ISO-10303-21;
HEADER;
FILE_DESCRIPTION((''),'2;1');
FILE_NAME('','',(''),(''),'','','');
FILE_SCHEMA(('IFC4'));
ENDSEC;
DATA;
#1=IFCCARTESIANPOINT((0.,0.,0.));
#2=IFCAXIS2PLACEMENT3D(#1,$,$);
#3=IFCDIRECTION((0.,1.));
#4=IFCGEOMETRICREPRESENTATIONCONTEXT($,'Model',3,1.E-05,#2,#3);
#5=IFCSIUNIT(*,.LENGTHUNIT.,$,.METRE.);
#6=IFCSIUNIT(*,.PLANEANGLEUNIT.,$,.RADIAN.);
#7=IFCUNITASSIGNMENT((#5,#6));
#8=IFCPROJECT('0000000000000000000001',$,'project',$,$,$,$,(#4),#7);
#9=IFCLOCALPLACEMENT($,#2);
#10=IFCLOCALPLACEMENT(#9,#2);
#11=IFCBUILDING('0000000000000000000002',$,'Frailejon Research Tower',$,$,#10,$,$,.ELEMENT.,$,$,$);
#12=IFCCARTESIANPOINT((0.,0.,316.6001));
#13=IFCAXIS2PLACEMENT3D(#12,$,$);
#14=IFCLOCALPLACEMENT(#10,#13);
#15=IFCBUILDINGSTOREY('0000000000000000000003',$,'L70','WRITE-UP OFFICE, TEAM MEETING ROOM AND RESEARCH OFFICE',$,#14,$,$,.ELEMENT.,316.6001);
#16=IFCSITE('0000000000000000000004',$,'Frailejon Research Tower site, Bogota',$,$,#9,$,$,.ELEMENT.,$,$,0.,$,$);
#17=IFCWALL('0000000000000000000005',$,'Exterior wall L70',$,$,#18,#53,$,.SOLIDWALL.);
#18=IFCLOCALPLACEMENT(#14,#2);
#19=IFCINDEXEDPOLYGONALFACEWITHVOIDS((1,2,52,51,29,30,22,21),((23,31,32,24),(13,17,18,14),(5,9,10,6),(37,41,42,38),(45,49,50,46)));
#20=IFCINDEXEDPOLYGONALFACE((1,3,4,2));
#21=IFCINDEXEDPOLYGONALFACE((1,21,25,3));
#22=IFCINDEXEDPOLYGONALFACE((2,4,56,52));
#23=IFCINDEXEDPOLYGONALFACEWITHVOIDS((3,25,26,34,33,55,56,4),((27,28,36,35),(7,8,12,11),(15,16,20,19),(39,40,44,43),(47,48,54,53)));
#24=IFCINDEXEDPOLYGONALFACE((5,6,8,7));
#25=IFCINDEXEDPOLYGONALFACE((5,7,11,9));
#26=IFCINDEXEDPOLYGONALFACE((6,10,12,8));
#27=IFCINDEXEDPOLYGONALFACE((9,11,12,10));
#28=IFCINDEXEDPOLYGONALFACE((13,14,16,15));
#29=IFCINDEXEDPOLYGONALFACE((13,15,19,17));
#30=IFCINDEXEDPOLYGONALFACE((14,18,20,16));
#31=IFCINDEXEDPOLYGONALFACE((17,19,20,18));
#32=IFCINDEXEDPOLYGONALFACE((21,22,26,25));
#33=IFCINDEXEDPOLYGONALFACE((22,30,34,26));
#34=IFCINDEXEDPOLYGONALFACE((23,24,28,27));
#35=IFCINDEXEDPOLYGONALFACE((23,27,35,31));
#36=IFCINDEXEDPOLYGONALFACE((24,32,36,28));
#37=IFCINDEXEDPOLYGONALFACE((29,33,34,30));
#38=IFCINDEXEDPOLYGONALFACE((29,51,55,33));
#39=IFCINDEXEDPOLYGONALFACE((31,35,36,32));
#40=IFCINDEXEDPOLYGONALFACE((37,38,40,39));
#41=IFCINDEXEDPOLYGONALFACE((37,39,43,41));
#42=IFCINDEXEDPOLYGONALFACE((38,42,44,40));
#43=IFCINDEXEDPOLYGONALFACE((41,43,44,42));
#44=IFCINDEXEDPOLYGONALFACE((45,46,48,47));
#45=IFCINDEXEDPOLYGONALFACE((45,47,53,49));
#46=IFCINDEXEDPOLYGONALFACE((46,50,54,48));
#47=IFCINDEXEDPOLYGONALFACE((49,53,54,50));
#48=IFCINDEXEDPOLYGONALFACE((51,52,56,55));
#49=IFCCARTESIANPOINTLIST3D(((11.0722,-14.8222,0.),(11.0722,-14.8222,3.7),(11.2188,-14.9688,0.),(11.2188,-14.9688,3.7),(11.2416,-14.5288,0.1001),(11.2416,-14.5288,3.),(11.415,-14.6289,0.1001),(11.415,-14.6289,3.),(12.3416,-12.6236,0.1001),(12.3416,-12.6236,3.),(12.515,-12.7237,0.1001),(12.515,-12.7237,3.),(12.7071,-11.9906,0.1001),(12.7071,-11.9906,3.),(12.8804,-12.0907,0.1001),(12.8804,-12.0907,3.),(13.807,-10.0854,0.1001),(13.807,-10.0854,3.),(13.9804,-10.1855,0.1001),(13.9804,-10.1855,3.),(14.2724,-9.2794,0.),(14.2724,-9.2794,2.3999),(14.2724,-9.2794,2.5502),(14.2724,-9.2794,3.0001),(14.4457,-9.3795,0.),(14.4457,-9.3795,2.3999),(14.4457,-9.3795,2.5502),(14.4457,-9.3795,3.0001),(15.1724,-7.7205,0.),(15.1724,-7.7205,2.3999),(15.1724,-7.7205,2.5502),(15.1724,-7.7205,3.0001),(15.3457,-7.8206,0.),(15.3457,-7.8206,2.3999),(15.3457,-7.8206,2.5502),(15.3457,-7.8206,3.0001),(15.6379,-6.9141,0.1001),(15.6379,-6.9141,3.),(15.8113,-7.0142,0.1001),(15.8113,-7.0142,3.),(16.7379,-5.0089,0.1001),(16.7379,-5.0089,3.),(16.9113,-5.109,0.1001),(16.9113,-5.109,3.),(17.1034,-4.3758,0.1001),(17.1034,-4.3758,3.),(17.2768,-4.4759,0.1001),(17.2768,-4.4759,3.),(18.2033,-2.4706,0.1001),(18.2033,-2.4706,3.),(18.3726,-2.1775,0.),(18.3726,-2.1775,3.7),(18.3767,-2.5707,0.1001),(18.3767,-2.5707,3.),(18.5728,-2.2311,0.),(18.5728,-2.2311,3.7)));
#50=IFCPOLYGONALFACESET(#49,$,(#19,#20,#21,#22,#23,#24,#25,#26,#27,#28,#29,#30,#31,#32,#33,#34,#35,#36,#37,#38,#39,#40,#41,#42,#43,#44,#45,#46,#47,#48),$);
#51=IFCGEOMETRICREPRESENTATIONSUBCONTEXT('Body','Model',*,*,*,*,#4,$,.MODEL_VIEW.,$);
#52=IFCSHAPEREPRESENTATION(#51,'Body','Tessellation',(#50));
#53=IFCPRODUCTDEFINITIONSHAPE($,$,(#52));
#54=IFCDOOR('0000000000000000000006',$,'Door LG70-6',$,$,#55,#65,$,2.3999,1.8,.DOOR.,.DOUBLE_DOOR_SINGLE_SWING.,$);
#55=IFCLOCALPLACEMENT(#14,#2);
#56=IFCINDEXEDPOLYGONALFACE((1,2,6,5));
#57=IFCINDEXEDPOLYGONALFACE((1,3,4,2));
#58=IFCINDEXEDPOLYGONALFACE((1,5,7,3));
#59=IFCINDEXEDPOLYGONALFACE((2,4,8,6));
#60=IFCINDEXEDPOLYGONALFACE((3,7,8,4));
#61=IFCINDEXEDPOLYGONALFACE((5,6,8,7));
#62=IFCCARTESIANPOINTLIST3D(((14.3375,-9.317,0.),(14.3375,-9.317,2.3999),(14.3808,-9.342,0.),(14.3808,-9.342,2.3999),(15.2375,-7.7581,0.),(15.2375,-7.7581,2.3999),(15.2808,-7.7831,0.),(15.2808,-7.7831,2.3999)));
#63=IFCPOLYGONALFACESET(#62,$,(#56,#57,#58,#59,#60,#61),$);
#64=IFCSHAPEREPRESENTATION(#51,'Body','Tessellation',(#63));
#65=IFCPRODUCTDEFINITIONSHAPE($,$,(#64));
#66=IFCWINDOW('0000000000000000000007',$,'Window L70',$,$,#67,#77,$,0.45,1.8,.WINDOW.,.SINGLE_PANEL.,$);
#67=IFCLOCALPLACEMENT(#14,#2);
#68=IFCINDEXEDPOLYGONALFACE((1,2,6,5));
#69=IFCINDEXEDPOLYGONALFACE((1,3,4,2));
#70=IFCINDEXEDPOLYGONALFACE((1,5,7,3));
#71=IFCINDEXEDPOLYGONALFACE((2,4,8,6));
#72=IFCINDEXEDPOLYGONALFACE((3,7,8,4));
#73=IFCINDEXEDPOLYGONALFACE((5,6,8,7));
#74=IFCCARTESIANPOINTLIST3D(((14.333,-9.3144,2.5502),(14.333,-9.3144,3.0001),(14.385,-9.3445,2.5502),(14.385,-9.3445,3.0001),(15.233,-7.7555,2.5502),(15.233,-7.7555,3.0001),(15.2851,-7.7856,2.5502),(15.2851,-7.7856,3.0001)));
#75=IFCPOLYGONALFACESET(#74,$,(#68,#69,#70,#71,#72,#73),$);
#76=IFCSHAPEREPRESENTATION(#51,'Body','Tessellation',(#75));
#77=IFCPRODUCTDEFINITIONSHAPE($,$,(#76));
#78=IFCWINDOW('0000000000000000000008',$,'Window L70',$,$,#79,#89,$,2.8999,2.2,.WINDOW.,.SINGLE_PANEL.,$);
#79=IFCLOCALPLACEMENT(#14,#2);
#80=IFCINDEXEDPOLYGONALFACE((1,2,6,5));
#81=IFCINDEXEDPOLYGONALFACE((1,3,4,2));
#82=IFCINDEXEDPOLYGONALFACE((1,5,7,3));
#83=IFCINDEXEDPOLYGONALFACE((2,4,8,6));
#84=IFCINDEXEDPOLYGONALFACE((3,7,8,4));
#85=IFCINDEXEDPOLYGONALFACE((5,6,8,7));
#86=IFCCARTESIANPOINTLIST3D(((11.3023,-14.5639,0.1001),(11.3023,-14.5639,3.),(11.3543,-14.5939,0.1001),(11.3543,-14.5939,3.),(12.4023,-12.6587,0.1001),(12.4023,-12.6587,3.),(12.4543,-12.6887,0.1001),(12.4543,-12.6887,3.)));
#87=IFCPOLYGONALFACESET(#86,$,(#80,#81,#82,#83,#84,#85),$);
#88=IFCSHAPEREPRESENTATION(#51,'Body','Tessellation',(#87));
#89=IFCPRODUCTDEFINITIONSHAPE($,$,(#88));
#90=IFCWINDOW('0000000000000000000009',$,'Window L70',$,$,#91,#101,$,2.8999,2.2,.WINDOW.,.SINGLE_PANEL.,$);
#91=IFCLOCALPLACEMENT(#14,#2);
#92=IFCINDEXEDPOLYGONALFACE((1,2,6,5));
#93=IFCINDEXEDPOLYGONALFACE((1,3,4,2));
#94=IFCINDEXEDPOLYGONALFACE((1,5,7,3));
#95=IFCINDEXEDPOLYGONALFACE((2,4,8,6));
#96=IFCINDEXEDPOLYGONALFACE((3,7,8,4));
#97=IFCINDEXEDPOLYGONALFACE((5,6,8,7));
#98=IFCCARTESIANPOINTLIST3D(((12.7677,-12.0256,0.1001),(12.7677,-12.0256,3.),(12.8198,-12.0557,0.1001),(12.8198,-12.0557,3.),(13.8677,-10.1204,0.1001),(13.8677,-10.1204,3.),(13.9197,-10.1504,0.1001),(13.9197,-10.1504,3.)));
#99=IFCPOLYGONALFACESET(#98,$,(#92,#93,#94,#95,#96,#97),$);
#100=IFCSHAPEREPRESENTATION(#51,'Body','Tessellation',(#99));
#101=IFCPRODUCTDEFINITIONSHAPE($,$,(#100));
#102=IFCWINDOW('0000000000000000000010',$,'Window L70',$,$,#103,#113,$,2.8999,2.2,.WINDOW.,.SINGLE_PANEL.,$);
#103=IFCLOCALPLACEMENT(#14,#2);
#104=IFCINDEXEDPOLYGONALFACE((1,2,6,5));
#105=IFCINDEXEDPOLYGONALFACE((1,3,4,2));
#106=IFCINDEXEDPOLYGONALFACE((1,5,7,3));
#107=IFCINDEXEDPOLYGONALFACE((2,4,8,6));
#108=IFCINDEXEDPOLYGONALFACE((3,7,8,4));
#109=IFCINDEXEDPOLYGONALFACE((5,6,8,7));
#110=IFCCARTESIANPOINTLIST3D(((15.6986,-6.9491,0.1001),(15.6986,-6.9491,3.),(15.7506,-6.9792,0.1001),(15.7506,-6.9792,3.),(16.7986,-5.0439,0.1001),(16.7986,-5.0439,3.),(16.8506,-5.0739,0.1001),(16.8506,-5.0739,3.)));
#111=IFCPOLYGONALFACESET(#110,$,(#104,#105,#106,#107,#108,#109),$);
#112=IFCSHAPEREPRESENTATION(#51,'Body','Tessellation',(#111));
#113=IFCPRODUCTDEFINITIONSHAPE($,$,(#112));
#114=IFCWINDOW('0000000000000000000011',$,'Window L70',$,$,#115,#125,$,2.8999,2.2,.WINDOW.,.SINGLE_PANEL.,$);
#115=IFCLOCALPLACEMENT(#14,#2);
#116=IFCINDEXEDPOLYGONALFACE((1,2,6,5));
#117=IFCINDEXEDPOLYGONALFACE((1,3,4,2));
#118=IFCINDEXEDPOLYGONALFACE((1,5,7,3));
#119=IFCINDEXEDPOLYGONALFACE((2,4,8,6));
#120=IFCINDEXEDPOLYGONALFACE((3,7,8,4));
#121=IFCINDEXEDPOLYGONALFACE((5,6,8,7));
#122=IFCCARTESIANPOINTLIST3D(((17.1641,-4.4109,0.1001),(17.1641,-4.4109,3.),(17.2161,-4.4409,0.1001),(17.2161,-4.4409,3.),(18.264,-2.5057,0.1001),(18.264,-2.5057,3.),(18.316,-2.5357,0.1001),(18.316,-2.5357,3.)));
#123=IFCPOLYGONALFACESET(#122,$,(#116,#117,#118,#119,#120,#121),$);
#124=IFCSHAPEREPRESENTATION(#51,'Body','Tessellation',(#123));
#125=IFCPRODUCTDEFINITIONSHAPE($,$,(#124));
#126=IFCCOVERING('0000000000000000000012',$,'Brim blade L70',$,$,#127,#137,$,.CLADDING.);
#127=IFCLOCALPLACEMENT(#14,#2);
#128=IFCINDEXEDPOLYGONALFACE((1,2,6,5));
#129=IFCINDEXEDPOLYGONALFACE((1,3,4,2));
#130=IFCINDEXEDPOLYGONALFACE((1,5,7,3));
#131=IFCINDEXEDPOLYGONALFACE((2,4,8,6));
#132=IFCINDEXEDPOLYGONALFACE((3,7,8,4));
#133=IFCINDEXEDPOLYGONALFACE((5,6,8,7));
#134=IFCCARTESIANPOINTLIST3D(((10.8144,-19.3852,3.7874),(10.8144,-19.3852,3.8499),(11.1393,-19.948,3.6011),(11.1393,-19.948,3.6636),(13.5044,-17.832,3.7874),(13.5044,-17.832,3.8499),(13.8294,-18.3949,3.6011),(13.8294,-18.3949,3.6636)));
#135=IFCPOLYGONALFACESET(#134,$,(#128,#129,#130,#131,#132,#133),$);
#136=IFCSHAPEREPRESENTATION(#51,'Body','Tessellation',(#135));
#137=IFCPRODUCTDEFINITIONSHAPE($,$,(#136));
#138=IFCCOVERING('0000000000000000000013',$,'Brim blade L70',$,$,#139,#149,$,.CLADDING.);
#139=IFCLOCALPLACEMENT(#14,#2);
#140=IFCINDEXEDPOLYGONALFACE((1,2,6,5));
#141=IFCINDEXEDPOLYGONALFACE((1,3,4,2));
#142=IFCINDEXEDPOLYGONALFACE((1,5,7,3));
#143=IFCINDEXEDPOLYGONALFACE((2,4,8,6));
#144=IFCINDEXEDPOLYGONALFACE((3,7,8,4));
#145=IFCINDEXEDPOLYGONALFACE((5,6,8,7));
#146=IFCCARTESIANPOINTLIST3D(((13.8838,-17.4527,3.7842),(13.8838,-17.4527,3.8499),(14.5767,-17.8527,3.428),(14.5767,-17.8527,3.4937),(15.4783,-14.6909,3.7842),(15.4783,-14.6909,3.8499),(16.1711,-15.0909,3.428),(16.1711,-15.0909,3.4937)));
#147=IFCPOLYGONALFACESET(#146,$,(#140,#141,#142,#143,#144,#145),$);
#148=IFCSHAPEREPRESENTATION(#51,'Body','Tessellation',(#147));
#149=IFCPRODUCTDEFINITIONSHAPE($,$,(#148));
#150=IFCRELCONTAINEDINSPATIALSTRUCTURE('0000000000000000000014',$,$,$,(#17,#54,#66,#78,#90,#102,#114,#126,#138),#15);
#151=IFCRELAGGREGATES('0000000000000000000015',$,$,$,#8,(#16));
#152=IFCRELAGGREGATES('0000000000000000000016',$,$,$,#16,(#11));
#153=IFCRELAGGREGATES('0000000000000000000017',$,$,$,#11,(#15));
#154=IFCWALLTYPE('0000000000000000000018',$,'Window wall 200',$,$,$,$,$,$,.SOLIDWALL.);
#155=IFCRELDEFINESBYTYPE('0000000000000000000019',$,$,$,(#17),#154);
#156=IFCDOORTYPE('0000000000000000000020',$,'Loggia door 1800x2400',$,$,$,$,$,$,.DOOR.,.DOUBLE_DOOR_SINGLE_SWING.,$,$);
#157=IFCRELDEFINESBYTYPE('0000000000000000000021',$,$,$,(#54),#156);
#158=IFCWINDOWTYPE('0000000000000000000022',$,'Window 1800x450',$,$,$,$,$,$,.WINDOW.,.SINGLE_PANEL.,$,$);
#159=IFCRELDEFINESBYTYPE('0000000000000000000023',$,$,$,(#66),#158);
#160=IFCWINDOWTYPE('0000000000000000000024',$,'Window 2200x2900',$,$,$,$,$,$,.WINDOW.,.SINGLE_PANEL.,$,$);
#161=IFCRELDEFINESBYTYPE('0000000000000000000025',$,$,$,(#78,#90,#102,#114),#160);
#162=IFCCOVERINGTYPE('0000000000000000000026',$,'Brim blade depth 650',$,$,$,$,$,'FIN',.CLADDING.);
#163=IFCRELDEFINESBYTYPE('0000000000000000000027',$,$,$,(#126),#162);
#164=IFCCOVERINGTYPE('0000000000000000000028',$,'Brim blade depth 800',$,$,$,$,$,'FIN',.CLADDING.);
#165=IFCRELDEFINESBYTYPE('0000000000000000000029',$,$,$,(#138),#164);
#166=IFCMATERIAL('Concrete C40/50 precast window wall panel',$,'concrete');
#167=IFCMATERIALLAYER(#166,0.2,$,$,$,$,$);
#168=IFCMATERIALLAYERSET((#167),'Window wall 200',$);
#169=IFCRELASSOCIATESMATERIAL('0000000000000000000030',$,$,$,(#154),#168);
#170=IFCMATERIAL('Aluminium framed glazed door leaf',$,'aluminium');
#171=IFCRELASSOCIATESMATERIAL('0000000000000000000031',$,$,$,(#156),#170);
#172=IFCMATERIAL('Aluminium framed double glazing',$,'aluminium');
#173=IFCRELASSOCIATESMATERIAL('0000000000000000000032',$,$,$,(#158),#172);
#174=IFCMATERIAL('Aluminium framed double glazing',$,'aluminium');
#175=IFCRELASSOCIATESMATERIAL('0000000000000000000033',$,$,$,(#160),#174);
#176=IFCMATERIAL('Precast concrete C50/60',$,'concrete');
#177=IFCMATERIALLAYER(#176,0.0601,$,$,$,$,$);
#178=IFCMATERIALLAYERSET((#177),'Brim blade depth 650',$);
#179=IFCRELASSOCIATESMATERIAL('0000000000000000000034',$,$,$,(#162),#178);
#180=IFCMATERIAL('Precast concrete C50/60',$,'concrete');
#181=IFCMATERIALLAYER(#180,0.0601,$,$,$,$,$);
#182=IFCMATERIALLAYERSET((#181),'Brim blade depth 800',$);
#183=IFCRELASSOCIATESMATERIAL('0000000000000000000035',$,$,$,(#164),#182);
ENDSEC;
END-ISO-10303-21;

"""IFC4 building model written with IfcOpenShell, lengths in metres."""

from ifc_helpers import new_model, si_unit, direction, frame, frame_2d, origin, place, context, subcontext, project, spatial, polyline, rectangle, outline, extrude, material, layer, layer_set, type_object, element, fill, save


model = new_model("IFC4")

# Units and contexts
model_context = context("Model", 3, precision=1e-05, world=origin(), true_north=direction((0.0, 1.0)))
body_context = subcontext(model_context, "Body", "Model", "MODEL_VIEW")
ifc_project = project(units=[si_unit("LENGTHUNIT", "METRE"), si_unit("PLANEANGLEUNIT", "RADIAN")], contexts=[model_context])

# Site, building, storey
site_placement = place(None, origin())
site = spatial("IfcSite", under=ifc_project, at=site_placement, Name="Frailejon Research Tower site, Bogota", CompositionType="ELEMENT", RefElevation=0.0)
building_placement = place(site_placement, origin())
building = spatial("IfcBuilding", under=site, at=building_placement, Name="Frailejon Research Tower", CompositionType="ELEMENT")
storey_placement = place(building_placement, frame((0.0, 0.0, 316.6001)))
storey = spatial("IfcBuildingStorey", under=building, at=storey_placement, Name="L70", Description="WRITE-UP OFFICE, TEAM MEETING ROOM AND RESEARCH OFFICE", CompositionType="ELEMENT", Elevation=316.6001)

# Wall, openings, door, windows
ifc_material_1 = material(Name="Concrete C40/50 precast window wall panel", Category="concrete")
ifc_layer_1 = layer(ifc_material_1, 0.2)
ifc_layer_set_1 = layer_set([ifc_layer_1], Name="Window wall 200")
wall_type_1 = type_object("IfcWallType", Name="Window wall 200", PredefinedType="SOLIDWALL", material=ifc_layer_set_1)
wall_1_placement = place(storey_placement, frame((11.1455, -14.8955, 0.0), z_axis=(0.0, 0.0, 1.0), x_axis=(0.499995, 0.866028, 0.0)))
wall_1 = element("IfcWall", 1, at=wall_1_placement, inside=storey, type_object=wall_type_1, Name="Exterior wall L70", PredefinedType="SOLIDWALL", context=body_context, shape_type="SweptSolid", body=[
    extrude(outline(polyline([(-0.0269, -0.1001), (1.0237, -0.1001), (2.0742, -0.1001), (3.125, -0.1001), (4.1755, -0.1001), (5.2261, -0.1001), (6.2766, -0.1001), (7.3271, -0.1001), (8.3779, -0.1001), (9.4285, -0.1001), (10.479, -0.1001), (11.5295, -0.1001), (12.5803, -0.1001), (13.6309, -0.1001), (14.6814, -0.1001), (14.6277, 0.1001), (13.5847, 0.1001), (12.5417, 0.1001), (11.499, 0.1001), (10.4561, 0.1001), (9.4131, 0.1001), (8.3701, 0.1001), (7.3271, 0.1001), (6.2844, 0.1001), (5.2415, 0.1001), (4.1985, 0.1001), (3.1555, 0.1001), (2.1128, 0.1001), (1.0698, 0.1001), (0.0269, 0.1001), (-0.0269, -0.1001)])), origin(), (0.0, 0.0, 1.0), 3.7),
])
opening_1_placement = place(wall_1_placement, frame((0.3655, 0.0, 0.1001)))
opening_1 = element("IfcOpeningElement", 2, at=opening_1_placement, cuts=wall_1, PredefinedType="OPENING", context=body_context, shape_type="SweptSolid", body=[
    extrude(rectangle(XDim=2.2, YDim=2.8999, at=frame_2d((1.1001, 1.45))), frame((0.0, 0.1099, 0.0), z_axis=(0.0, -1.0, 0.0), x_axis=(1.0, 0.0, 0.0)), (0.0, 0.0, 1.0), 0.22),
])
opening_2_placement = place(wall_1_placement, frame((3.2964, 0.0, 0.1001)))
opening_2 = element("IfcOpeningElement", 3, at=opening_2_placement, cuts=wall_1, PredefinedType="OPENING", context=body_context, shape_type="SweptSolid", body=[
    extrude(rectangle(XDim=2.2, YDim=2.8999, at=frame_2d((1.1001, 1.45))), frame((0.0, 0.1099, 0.0), z_axis=(0.0, -1.0, 0.0), x_axis=(1.0, 0.0, 0.0)), (0.0, 0.0, 1.0), 0.22),
])
opening_3_placement = place(wall_1_placement, frame((6.4272, 0.0, 0.0)))
opening_3 = element("IfcOpeningElement", 4, at=opening_3_placement, cuts=wall_1, PredefinedType="OPENING", context=body_context, shape_type="SweptSolid", body=[
    extrude(rectangle(XDim=1.8, YDim=2.3999, at=frame_2d((0.8999, 1.2))), frame((0.0, 0.1099, 0.0), z_axis=(0.0, -1.0, 0.0), x_axis=(1.0, 0.0, 0.0)), (0.0, 0.0, 1.0), 0.22),
])
opening_4_placement = place(wall_1_placement, frame((6.4272, 0.0, 2.55)))
opening_4 = element("IfcOpeningElement", 5, at=opening_4_placement, cuts=wall_1, PredefinedType="OPENING", context=body_context, shape_type="SweptSolid", body=[
    extrude(rectangle(XDim=1.8, YDim=0.45, at=frame_2d((0.8999, 0.2251))), frame((0.0, 0.1099, 0.0), z_axis=(0.0, -1.0, 0.0), x_axis=(1.0, 0.0, 0.0)), (0.0, 0.0, 1.0), 0.22),
])
opening_5_placement = place(wall_1_placement, frame((9.1582, 0.0, 0.1001)))
opening_5 = element("IfcOpeningElement", 6, at=opening_5_placement, cuts=wall_1, PredefinedType="OPENING", context=body_context, shape_type="SweptSolid", body=[
    extrude(rectangle(XDim=2.2, YDim=2.8999, at=frame_2d((1.1001, 1.45))), frame((0.0, 0.1099, 0.0), z_axis=(0.0, -1.0, 0.0), x_axis=(1.0, 0.0, 0.0)), (0.0, 0.0, 1.0), 0.22),
])
opening_6_placement = place(wall_1_placement, frame((12.0891, 0.0, 0.1001)))
opening_6 = element("IfcOpeningElement", 7, at=opening_6_placement, cuts=wall_1, PredefinedType="OPENING", context=body_context, shape_type="SweptSolid", body=[
    extrude(rectangle(XDim=2.2, YDim=2.8999, at=frame_2d((1.1001, 1.45))), frame((0.0, 0.1099, 0.0), z_axis=(0.0, -1.0, 0.0), x_axis=(1.0, 0.0, 0.0)), (0.0, 0.0, 1.0), 0.22),
])
ifc_material_2 = material(Name="Aluminium framed glazed door leaf", Category="aluminium")
door_type = type_object("IfcDoorType", Name="Loggia door 1800x2400", OperationType="DOUBLE_DOOR_SINGLE_SWING", PredefinedType="DOOR", material=ifc_material_2)
door_placement = place(opening_3_placement, origin())
door = element("IfcDoor", 8, at=door_placement, inside=storey, type_object=door_type, Name="Door LG70-6", OperationType="DOUBLE_DOOR_SINGLE_SWING", OverallHeight=2.3999, OverallWidth=1.8, PredefinedType="DOOR", context=body_context, shape_type="SweptSolid", body=[
    extrude(rectangle(XDim=1.8, YDim=2.3999, at=frame_2d((0.8999, 1.2))), frame((0.0, 0.0249, 0.0), z_axis=(0.0, -1.0, 0.0), x_axis=(1.0, 0.0, 0.0)), (0.0, 0.0, 1.0), 0.05),
])
fill(opening_3, door)
ifc_material_3 = material(Name="Aluminium framed double glazing", Category="aluminium")
window_type_1 = type_object("IfcWindowType", Name="Window 1800x450", PartitioningType="SINGLE_PANEL", PredefinedType="WINDOW", material=ifc_material_3)
window_1_placement = place(opening_4_placement, origin())
window_1 = element("IfcWindow", 9, at=window_1_placement, inside=storey, type_object=window_type_1, Name="Window L70", OverallHeight=0.45, OverallWidth=1.8, PartitioningType="SINGLE_PANEL", PredefinedType="WINDOW", context=body_context, shape_type="SweptSolid", body=[
    extrude(rectangle(XDim=1.8, YDim=0.45, at=frame_2d((0.8999, 0.2251))), frame((0.0, 0.03, 0.0), z_axis=(0.0, -1.0, 0.0), x_axis=(1.0, 0.0, 0.0)), (0.0, 0.0, 1.0), 0.0601),
])
fill(opening_4, window_1)
ifc_material_4 = material(Name="Aluminium framed double glazing", Category="aluminium")
window_type_2 = type_object("IfcWindowType", Name="Window 2200x2900", PartitioningType="SINGLE_PANEL", PredefinedType="WINDOW", material=ifc_material_4)
window_2_placement = place(opening_1_placement, origin())
window_2 = element("IfcWindow", 10, at=window_2_placement, inside=storey, type_object=window_type_2, Name="Window L70", OverallHeight=2.8999, OverallWidth=2.2, PartitioningType="SINGLE_PANEL", PredefinedType="WINDOW", context=body_context, shape_type="SweptSolid", body=[
    extrude(rectangle(XDim=2.2, YDim=2.8999, at=frame_2d((1.1001, 1.45))), frame((0.0, 0.03, 0.0), z_axis=(0.0, -1.0, 0.0), x_axis=(1.0, 0.0, 0.0)), (0.0, 0.0, 1.0), 0.0601),
])
fill(opening_1, window_2)
window_3_placement = place(opening_2_placement, origin())
window_3 = element("IfcWindow", 11, at=window_3_placement, inside=storey, type_object=window_type_2, Name="Window L70", OverallHeight=2.8999, OverallWidth=2.2, PartitioningType="SINGLE_PANEL", PredefinedType="WINDOW", context=body_context, shape_type="SweptSolid", body=[
    extrude(rectangle(XDim=2.2, YDim=2.8999, at=frame_2d((1.1001, 1.45))), frame((0.0, 0.03, 0.0), z_axis=(0.0, -1.0, 0.0), x_axis=(1.0, 0.0, 0.0)), (0.0, 0.0, 1.0), 0.0601),
])
fill(opening_2, window_3)
window_4_placement = place(opening_5_placement, origin())
window_4 = element("IfcWindow", 12, at=window_4_placement, inside=storey, type_object=window_type_2, Name="Window L70", OverallHeight=2.8999, OverallWidth=2.2, PartitioningType="SINGLE_PANEL", PredefinedType="WINDOW", context=body_context, shape_type="SweptSolid", body=[
    extrude(rectangle(XDim=2.2, YDim=2.8999, at=frame_2d((1.1001, 1.45))), frame((0.0, 0.03, 0.0), z_axis=(0.0, -1.0, 0.0), x_axis=(1.0, 0.0, 0.0)), (0.0, 0.0, 1.0), 0.0601),
])
fill(opening_5, window_4)
window_5_placement = place(opening_6_placement, origin())
window_5 = element("IfcWindow", 13, at=window_5_placement, inside=storey, type_object=window_type_2, Name="Window L70", OverallHeight=2.8999, OverallWidth=2.2, PartitioningType="SINGLE_PANEL", PredefinedType="WINDOW", context=body_context, shape_type="SweptSolid", body=[
    extrude(rectangle(XDim=2.2, YDim=2.8999, at=frame_2d((1.1001, 1.45))), frame((0.0, 0.03, 0.0), z_axis=(0.0, -1.0, 0.0), x_axis=(1.0, 0.0, 0.0)), (0.0, 0.0, 1.0), 0.0601),
])
fill(opening_6, window_5)

# Coverings
ifc_material_5 = material(Name="Precast concrete C50/60", Category="concrete")
ifc_layer_2 = layer(ifc_material_5, 0.0601)
ifc_layer_set_2 = layer_set([ifc_layer_2], Name="Brim blade depth 650")
covering_type_1 = type_object("IfcCoveringType", Name="Brim blade depth 650", ElementType="FIN", PredefinedType="CLADDING", material=ifc_layer_set_2)
covering_placement = place(storey_placement, frame((13.5044, -17.832, 3.8499), z_axis=(-0.866021, -0.500007, 0.0), x_axis=(0.500007, -0.866021, 0.0)))
element("IfcCovering", 14, at=covering_placement, inside=storey, type_object=covering_type_1, Name="Brim blade L70", PredefinedType="CLADDING", context=body_context, shape_type="SweptSolid", body=[
    extrude(outline(polyline([(0.0, -0.0625), (0.6499, -0.2488), (0.6499, -0.1863), (0.0, 0.0), (0.0, -0.0625)])), origin(), (0.0, 0.0, 1.0), 3.1062),
])
ifc_material_6 = material(Name="Precast concrete C50/60", Category="concrete")
ifc_layer_3 = layer(ifc_material_6, 0.0601)
ifc_layer_set_3 = layer_set([ifc_layer_3], Name="Brim blade depth 800")
covering_type_2 = type_object("IfcCoveringType", Name="Brim blade depth 800", ElementType="FIN", PredefinedType="CLADDING", material=ifc_layer_set_3)
for number, where, z_axis, x_axis, name in (
    (15, (15.4783, -14.6909, 3.8499), (-0.499994, -0.866029, 0.0), (0.866029, -0.499994, 0.0), "Brim blade L70"),
):
    element("IfcCovering", number, at=place(storey_placement, frame(where, z_axis=z_axis, x_axis=x_axis)), inside=storey, type_object=covering_type_2, Name=name, PredefinedType="CLADDING", context=body_context, shape_type="SweptSolid", body=[
        extrude(outline(polyline([(0.0, -0.0657), (0.8, -0.4219), (0.8, -0.3562), (0.0, 0.0), (0.0, -0.0657)])), origin(), (0.0, 0.0, 1.0), 3.189),
    ])

save(model, "model.ifc")
